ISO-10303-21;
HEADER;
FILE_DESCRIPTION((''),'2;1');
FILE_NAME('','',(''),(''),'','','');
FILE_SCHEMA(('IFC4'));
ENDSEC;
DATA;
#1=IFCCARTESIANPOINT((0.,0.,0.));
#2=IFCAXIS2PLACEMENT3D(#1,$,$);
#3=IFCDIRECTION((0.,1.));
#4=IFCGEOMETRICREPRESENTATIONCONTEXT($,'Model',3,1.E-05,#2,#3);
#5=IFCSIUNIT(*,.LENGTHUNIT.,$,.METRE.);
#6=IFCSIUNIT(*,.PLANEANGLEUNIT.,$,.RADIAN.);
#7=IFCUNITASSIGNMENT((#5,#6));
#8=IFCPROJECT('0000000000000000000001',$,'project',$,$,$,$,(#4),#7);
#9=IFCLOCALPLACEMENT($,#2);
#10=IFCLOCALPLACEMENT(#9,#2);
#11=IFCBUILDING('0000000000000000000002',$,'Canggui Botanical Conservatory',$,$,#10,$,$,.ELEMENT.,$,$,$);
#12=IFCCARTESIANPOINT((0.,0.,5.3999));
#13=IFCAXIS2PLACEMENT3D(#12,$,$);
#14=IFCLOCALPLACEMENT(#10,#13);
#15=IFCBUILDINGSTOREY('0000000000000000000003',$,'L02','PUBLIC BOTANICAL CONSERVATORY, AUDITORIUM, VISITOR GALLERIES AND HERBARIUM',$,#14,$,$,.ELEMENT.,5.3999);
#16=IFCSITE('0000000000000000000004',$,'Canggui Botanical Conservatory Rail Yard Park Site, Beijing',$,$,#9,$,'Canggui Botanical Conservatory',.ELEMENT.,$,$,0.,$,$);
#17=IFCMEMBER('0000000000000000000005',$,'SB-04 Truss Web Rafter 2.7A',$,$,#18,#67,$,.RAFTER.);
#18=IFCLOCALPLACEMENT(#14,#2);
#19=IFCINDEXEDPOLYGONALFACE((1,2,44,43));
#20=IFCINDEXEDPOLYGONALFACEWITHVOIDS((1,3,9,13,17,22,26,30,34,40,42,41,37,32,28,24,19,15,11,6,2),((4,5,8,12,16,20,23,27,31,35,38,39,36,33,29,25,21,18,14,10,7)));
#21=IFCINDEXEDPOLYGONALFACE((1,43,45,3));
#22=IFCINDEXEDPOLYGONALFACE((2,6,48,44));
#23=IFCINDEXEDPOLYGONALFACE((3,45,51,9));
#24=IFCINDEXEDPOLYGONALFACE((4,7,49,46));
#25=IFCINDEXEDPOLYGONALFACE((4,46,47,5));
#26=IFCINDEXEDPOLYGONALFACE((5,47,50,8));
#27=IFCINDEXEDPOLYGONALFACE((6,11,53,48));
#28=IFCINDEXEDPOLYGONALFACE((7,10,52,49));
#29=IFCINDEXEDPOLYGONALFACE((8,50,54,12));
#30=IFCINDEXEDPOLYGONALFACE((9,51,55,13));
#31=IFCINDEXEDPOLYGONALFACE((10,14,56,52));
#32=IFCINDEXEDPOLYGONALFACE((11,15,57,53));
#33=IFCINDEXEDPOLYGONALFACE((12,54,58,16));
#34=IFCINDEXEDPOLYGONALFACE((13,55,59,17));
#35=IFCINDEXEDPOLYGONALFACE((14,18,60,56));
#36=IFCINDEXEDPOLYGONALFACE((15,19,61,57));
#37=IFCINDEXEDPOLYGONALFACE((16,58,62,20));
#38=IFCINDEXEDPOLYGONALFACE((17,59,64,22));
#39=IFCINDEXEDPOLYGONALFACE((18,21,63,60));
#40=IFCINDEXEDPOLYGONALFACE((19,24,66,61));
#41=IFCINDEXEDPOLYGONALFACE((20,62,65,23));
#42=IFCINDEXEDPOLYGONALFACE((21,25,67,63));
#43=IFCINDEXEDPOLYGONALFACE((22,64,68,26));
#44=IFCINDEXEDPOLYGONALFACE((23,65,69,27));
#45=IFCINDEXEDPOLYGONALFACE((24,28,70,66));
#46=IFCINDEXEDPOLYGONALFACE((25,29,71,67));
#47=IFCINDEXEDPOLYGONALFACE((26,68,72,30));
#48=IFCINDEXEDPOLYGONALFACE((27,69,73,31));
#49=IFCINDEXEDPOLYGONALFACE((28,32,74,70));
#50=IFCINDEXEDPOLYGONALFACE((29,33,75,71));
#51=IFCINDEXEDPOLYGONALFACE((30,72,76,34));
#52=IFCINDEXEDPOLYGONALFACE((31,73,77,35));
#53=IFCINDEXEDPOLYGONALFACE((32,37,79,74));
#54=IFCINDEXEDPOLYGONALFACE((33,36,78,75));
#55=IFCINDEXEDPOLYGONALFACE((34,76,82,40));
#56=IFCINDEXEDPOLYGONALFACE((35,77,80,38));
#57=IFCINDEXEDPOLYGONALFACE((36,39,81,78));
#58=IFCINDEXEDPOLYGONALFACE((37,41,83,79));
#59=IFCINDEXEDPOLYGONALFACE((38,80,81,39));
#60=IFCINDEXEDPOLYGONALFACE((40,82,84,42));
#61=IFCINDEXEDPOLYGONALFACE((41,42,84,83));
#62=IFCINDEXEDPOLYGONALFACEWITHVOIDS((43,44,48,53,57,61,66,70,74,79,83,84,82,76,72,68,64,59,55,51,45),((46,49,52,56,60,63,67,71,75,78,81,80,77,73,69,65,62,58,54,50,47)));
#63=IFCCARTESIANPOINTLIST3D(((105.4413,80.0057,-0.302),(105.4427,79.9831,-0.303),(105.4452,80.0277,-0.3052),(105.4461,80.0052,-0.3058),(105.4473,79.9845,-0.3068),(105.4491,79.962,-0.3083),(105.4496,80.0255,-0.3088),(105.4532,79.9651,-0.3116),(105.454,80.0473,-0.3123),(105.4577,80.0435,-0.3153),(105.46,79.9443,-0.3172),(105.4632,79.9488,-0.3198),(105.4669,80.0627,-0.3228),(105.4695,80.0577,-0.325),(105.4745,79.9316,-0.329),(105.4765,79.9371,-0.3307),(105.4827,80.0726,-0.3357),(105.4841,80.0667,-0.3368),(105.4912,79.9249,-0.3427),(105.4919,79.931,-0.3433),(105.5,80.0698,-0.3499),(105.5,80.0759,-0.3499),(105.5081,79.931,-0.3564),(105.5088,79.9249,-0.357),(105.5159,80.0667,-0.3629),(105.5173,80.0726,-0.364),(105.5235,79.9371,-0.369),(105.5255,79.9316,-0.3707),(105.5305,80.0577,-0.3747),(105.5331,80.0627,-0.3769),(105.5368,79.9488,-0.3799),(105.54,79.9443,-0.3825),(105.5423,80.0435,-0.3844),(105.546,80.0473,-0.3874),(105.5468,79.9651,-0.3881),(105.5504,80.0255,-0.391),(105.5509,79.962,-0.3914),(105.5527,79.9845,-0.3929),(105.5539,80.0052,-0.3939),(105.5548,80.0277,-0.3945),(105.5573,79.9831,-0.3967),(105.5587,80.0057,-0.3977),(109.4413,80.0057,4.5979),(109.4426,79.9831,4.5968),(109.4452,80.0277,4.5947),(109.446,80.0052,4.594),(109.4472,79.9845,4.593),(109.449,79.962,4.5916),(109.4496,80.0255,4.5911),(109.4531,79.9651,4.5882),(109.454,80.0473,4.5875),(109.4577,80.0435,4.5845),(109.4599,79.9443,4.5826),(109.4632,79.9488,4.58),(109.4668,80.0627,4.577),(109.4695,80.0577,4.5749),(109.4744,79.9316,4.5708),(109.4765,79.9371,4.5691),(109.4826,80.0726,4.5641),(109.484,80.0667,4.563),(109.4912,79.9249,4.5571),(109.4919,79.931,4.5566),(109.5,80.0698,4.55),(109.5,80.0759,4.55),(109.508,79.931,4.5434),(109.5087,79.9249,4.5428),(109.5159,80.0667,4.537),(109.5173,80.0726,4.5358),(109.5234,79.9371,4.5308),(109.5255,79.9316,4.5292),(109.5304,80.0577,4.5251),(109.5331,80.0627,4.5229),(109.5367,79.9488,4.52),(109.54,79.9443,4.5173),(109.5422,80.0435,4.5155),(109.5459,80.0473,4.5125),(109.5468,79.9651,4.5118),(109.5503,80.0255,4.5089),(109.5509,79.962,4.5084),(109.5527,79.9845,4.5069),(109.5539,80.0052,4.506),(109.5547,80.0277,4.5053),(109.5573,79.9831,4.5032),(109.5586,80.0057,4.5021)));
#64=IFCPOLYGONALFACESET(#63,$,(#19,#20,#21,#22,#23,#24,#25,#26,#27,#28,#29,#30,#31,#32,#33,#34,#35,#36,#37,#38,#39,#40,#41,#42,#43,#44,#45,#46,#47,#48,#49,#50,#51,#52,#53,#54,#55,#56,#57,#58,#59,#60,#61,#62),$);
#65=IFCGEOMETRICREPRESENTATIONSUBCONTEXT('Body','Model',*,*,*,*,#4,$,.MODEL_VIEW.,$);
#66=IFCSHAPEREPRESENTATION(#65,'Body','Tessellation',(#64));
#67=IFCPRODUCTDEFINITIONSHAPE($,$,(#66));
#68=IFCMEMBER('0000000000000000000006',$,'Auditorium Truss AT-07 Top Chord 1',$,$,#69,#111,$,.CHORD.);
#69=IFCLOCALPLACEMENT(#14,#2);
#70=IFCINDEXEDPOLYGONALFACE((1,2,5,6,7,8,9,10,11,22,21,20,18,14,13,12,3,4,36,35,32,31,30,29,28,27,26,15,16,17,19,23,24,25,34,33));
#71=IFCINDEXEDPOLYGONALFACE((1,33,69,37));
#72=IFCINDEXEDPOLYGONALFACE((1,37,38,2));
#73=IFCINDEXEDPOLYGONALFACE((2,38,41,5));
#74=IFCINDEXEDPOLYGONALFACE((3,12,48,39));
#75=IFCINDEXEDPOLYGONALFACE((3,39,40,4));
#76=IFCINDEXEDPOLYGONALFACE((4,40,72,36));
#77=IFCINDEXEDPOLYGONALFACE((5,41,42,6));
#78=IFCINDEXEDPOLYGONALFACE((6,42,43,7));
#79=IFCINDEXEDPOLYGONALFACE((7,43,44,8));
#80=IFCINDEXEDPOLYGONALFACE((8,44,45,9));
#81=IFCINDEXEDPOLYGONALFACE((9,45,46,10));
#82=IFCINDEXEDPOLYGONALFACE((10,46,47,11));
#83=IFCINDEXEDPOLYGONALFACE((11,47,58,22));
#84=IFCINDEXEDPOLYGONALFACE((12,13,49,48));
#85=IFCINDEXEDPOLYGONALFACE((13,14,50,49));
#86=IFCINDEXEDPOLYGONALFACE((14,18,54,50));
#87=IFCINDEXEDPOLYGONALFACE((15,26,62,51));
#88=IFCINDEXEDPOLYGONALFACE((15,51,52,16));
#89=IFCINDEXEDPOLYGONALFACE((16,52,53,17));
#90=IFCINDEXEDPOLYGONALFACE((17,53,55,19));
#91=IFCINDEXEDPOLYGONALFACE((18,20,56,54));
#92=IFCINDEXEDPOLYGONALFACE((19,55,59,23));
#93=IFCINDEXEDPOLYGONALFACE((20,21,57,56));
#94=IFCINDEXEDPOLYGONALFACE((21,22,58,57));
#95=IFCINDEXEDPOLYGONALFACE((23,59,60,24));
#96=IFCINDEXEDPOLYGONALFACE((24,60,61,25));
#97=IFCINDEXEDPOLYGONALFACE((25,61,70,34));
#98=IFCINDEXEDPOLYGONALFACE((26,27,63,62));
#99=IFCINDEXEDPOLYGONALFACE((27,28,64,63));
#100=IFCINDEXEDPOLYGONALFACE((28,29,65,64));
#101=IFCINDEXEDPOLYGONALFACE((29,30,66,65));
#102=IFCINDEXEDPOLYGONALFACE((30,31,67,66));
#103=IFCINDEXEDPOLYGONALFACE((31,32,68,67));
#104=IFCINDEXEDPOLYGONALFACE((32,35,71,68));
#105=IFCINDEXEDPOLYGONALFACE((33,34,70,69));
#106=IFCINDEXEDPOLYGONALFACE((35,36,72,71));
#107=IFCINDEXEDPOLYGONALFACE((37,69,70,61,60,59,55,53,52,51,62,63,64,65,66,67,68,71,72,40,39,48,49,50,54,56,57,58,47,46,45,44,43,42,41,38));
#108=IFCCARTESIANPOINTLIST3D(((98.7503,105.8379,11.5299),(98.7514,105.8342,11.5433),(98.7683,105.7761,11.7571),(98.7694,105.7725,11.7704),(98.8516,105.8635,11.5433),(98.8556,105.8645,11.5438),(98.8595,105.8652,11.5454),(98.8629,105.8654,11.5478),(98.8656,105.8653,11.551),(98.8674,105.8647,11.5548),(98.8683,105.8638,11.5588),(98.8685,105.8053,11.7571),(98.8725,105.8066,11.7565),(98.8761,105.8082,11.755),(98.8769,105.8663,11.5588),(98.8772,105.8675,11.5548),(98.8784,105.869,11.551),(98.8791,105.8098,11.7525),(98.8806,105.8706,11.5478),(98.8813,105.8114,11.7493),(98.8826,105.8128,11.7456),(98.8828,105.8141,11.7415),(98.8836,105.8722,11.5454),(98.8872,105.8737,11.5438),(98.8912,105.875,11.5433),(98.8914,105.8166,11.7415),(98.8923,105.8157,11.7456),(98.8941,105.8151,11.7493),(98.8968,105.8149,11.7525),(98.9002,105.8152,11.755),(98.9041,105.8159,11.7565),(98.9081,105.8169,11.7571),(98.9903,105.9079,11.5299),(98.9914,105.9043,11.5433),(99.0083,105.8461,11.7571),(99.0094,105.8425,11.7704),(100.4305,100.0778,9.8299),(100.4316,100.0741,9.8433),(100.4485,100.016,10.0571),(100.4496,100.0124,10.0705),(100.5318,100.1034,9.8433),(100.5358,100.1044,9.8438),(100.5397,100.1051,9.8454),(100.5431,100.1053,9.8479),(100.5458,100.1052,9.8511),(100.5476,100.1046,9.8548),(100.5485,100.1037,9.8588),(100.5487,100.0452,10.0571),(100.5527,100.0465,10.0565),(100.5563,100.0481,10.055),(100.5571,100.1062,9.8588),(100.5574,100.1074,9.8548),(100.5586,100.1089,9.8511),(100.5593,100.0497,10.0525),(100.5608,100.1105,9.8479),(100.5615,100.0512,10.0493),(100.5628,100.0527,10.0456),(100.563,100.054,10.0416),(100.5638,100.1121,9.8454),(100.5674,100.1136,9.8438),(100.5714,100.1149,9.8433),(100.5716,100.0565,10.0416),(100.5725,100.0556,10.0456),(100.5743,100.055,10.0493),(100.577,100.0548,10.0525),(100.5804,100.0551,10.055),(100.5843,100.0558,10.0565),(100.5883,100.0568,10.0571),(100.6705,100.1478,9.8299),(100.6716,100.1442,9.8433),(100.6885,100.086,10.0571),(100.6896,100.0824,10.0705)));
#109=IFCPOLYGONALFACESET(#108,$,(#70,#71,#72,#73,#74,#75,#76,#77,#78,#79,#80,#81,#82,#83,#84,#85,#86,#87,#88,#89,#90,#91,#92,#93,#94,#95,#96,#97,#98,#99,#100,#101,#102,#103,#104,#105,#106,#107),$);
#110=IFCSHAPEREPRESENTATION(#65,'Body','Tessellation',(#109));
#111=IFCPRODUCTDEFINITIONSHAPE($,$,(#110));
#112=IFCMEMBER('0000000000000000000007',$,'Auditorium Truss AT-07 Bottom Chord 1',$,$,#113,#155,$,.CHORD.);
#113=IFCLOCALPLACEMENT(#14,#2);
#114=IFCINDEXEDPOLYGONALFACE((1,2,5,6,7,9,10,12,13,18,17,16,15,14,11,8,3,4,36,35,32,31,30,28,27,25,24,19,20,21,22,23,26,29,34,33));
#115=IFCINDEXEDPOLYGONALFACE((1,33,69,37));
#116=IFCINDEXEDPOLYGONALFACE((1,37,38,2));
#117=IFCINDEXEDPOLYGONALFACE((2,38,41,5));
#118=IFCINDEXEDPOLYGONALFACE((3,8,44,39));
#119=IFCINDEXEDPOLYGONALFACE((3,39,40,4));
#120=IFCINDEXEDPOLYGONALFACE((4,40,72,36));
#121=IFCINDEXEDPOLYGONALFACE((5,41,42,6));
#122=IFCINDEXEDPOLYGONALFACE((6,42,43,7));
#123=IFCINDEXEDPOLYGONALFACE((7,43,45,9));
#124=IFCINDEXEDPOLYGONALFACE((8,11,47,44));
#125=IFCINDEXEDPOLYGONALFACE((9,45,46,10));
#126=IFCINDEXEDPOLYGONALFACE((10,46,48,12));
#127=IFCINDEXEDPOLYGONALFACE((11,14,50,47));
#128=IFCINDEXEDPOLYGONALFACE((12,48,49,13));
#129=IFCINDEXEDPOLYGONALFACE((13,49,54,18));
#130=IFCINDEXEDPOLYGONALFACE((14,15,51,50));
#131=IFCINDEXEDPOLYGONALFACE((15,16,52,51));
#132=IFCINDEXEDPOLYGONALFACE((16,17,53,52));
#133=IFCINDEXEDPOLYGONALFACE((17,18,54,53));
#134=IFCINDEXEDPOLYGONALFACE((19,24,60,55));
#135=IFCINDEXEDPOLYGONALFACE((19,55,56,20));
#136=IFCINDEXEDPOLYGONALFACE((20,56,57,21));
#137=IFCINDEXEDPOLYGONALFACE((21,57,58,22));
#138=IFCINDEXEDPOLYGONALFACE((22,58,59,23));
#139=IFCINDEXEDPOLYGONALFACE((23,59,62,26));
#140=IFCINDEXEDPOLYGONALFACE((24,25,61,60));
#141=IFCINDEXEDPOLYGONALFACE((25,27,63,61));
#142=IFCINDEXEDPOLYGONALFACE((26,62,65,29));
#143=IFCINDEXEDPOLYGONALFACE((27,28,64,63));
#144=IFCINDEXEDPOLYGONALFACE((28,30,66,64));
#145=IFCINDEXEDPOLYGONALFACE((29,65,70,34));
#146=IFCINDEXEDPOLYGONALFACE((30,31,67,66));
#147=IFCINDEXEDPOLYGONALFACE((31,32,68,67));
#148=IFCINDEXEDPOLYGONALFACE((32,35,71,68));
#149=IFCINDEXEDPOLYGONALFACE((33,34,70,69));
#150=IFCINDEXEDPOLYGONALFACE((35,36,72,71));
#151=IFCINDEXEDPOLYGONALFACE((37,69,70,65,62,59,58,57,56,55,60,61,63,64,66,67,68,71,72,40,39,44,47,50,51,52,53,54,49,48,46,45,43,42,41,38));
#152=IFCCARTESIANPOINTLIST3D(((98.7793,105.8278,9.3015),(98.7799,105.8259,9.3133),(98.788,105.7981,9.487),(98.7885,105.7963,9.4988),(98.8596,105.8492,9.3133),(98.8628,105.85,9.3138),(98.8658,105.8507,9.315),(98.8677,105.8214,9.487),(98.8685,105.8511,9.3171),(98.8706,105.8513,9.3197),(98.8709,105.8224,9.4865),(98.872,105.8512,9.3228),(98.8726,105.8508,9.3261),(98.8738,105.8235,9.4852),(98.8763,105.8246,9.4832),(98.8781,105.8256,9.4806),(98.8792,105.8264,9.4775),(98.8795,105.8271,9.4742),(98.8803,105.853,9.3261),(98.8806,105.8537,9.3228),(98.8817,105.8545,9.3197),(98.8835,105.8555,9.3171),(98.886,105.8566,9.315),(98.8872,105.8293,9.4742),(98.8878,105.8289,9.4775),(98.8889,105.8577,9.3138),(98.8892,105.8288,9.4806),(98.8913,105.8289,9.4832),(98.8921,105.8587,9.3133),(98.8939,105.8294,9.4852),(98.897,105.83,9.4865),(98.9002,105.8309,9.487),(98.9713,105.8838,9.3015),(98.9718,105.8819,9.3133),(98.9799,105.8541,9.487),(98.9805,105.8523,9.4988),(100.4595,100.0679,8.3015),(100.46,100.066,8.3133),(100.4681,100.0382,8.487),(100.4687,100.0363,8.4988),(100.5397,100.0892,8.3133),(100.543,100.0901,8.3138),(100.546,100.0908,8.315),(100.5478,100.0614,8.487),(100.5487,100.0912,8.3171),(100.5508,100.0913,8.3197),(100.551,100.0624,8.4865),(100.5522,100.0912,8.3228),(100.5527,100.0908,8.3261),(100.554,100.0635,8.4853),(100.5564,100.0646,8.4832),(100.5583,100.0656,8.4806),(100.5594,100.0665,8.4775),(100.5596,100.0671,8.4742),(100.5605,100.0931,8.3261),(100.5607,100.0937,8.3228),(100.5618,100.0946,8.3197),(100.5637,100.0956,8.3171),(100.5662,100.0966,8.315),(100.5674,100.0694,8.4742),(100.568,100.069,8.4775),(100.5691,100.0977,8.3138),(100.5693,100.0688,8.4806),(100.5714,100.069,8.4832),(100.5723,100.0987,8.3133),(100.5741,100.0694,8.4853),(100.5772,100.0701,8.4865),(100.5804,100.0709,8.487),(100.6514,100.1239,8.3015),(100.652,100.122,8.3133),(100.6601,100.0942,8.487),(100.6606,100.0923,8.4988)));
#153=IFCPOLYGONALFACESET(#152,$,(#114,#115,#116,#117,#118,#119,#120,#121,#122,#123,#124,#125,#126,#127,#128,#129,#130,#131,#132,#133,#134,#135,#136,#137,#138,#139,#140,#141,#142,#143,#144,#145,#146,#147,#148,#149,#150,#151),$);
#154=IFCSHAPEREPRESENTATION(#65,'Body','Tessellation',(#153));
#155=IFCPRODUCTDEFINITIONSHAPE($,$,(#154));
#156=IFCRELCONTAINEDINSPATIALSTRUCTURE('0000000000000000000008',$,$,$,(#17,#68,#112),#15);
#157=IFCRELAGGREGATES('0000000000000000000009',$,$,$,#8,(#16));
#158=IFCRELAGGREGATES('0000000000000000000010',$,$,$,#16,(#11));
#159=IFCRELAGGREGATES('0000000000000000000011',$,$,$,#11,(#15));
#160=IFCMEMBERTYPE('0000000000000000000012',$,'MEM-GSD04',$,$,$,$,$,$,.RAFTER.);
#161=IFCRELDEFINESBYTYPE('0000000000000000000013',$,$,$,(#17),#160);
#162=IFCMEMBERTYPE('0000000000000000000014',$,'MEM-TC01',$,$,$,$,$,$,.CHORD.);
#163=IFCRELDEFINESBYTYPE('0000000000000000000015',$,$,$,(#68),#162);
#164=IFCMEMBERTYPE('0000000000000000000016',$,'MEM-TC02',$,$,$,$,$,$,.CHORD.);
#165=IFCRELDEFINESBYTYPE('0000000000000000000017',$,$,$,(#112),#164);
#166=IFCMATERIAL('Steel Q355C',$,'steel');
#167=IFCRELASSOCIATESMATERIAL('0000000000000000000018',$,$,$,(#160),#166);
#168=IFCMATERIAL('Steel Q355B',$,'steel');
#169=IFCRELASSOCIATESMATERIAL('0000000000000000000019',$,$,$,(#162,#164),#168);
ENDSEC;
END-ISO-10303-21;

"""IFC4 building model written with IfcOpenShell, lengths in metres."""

from ifc_helpers import new_model, si_unit, direction, frame, origin, origin_2d, place, context, subcontext, project, spatial, hollow_circle, i_section, extrude, material, material_profile, profile_set, type_object, element, save


model = new_model("IFC4")

# Units and contexts
model_context = context("Model", 3, precision=1e-05, world=origin(), true_north=direction((0.0, 1.0)))
body_context = subcontext(model_context, "Body", "Model", "MODEL_VIEW")
ifc_project = project(units=[si_unit("LENGTHUNIT", "METRE"), si_unit("PLANEANGLEUNIT", "RADIAN")], contexts=[model_context])

# Site, building, storey
site_placement = place(None, origin())
site = spatial("IfcSite", under=ifc_project, at=site_placement, Name="Canggui Botanical Conservatory Rail Yard Park Site, Beijing", LongName="Canggui Botanical Conservatory", CompositionType="ELEMENT", RefElevation=0.0)
building_placement = place(site_placement, origin())
building = spatial("IfcBuilding", under=site, at=building_placement, Name="Canggui Botanical Conservatory", CompositionType="ELEMENT")
storey_placement = place(building_placement, frame((0.0, 0.0, 5.3999)))
storey = spatial("IfcBuildingStorey", under=building, at=storey_placement, Name="L02", Description="PUBLIC BOTANICAL CONSERVATORY, AUDITORIUM, VISITOR GALLERIES AND HERBARIUM", CompositionType="ELEMENT", Elevation=5.3999)

# Shared definitions
ifc_material_1 = material(Name="Steel Q355B", Category="steel")

# Members
ifc_material_2 = material(Name="Steel Q355C", Category="steel")
ifc_material_profile_1 = material_profile(ifc_material_2, hollow_circle(Radius=0.0759, WallThickness=0.0061, at=origin_2d()), Name="CHS 152x6")
ifc_profile_set_1 = profile_set([ifc_material_profile_1], Name="Steel Q355C")
member_type_1 = type_object("IfcMemberType", Name="MEM-GSD04", PredefinedType="RAFTER", material=ifc_profile_set_1)
for number, where, z_axis, x_axis, name in (
    (1, (105.5, 80.0, -0.3499), (0.632384, 0.0, 0.774655), (0.0, 1.0, 0.0), "SB-04 Truss Web Rafter 2.7A"),
):
    element("IfcMember", number, at=place(storey_placement, frame(where, z_axis=z_axis, x_axis=x_axis)), inside=storey, type_object=member_type_1, Name=name, PredefinedType="RAFTER", context=body_context, shape_type="SweptSolid", body=[
        extrude(hollow_circle(Radius=0.0759, WallThickness=0.0061, at=origin_2d()), origin(), (0.0, 0.0, 1.0), 6.3252),
    ])
ifc_material_profile_2 = material_profile(ifc_material_1, i_section(OverallWidth=0.25, OverallDepth=0.25, WebThickness=0.009, FlangeThickness=0.0139, FilletRadius=0.0161, at=origin_2d()), Name="HW 250x250x9x14")
ifc_profile_set_2 = profile_set([ifc_material_profile_2], Name="Steel Q355B")
member_type_2 = type_object("IfcMemberType", Name="MEM-TC01", PredefinedType="CHORD", material=ifc_profile_set_2)
member_1_placement = place(storey_placement, frame((100.5601, 100.0801, 9.9502), z_axis=(-0.269422, 0.923637, 0.272593), x_axis=(-0.959992, -0.280027, 0.0)))
element("IfcMember", 2, at=member_1_placement, inside=storey, type_object=member_type_2, Name="Auditorium Truss AT-07 Top Chord 1", PredefinedType="CHORD", context=body_context, shape_type="SweptSolid", body=[
    extrude(i_section(OverallWidth=0.25, OverallDepth=0.25, WebThickness=0.009, FlangeThickness=0.0139, FilletRadius=0.0161, at=origin_2d()), origin(), (0.0, 0.0, 1.0), 6.2363),
])
ifc_material_profile_3 = material_profile(ifc_material_1, i_section(OverallWidth=0.2, OverallDepth=0.2, WebThickness=0.0081, FlangeThickness=0.012, FilletRadius=0.0129, at=origin_2d()), Name="HW 200x200x8x12")
ifc_profile_set_3 = profile_set([ifc_material_profile_3], Name="Steel Q355B")
member_type_3 = type_object("IfcMemberType", Name="MEM-TC02", PredefinedType="CHORD", material=ifc_profile_set_3)
member_2_placement = place(storey_placement, frame((100.5601, 100.0801, 8.4001), z_axis=(-0.276217, 0.946931, 0.164397), x_axis=(-0.959992, -0.280027, 0.0)))
element("IfcMember", 3, at=member_2_placement, inside=storey, type_object=member_type_3, Name="Auditorium Truss AT-07 Bottom Chord 1", PredefinedType="CHORD", context=body_context, shape_type="SweptSolid", body=[
    extrude(i_section(OverallWidth=0.2, OverallDepth=0.2, WebThickness=0.0081, FlangeThickness=0.012, FilletRadius=0.0129, at=origin_2d()), origin(), (0.0, 0.0, 1.0), 6.0828),
])

save(model, "model.ifc")
